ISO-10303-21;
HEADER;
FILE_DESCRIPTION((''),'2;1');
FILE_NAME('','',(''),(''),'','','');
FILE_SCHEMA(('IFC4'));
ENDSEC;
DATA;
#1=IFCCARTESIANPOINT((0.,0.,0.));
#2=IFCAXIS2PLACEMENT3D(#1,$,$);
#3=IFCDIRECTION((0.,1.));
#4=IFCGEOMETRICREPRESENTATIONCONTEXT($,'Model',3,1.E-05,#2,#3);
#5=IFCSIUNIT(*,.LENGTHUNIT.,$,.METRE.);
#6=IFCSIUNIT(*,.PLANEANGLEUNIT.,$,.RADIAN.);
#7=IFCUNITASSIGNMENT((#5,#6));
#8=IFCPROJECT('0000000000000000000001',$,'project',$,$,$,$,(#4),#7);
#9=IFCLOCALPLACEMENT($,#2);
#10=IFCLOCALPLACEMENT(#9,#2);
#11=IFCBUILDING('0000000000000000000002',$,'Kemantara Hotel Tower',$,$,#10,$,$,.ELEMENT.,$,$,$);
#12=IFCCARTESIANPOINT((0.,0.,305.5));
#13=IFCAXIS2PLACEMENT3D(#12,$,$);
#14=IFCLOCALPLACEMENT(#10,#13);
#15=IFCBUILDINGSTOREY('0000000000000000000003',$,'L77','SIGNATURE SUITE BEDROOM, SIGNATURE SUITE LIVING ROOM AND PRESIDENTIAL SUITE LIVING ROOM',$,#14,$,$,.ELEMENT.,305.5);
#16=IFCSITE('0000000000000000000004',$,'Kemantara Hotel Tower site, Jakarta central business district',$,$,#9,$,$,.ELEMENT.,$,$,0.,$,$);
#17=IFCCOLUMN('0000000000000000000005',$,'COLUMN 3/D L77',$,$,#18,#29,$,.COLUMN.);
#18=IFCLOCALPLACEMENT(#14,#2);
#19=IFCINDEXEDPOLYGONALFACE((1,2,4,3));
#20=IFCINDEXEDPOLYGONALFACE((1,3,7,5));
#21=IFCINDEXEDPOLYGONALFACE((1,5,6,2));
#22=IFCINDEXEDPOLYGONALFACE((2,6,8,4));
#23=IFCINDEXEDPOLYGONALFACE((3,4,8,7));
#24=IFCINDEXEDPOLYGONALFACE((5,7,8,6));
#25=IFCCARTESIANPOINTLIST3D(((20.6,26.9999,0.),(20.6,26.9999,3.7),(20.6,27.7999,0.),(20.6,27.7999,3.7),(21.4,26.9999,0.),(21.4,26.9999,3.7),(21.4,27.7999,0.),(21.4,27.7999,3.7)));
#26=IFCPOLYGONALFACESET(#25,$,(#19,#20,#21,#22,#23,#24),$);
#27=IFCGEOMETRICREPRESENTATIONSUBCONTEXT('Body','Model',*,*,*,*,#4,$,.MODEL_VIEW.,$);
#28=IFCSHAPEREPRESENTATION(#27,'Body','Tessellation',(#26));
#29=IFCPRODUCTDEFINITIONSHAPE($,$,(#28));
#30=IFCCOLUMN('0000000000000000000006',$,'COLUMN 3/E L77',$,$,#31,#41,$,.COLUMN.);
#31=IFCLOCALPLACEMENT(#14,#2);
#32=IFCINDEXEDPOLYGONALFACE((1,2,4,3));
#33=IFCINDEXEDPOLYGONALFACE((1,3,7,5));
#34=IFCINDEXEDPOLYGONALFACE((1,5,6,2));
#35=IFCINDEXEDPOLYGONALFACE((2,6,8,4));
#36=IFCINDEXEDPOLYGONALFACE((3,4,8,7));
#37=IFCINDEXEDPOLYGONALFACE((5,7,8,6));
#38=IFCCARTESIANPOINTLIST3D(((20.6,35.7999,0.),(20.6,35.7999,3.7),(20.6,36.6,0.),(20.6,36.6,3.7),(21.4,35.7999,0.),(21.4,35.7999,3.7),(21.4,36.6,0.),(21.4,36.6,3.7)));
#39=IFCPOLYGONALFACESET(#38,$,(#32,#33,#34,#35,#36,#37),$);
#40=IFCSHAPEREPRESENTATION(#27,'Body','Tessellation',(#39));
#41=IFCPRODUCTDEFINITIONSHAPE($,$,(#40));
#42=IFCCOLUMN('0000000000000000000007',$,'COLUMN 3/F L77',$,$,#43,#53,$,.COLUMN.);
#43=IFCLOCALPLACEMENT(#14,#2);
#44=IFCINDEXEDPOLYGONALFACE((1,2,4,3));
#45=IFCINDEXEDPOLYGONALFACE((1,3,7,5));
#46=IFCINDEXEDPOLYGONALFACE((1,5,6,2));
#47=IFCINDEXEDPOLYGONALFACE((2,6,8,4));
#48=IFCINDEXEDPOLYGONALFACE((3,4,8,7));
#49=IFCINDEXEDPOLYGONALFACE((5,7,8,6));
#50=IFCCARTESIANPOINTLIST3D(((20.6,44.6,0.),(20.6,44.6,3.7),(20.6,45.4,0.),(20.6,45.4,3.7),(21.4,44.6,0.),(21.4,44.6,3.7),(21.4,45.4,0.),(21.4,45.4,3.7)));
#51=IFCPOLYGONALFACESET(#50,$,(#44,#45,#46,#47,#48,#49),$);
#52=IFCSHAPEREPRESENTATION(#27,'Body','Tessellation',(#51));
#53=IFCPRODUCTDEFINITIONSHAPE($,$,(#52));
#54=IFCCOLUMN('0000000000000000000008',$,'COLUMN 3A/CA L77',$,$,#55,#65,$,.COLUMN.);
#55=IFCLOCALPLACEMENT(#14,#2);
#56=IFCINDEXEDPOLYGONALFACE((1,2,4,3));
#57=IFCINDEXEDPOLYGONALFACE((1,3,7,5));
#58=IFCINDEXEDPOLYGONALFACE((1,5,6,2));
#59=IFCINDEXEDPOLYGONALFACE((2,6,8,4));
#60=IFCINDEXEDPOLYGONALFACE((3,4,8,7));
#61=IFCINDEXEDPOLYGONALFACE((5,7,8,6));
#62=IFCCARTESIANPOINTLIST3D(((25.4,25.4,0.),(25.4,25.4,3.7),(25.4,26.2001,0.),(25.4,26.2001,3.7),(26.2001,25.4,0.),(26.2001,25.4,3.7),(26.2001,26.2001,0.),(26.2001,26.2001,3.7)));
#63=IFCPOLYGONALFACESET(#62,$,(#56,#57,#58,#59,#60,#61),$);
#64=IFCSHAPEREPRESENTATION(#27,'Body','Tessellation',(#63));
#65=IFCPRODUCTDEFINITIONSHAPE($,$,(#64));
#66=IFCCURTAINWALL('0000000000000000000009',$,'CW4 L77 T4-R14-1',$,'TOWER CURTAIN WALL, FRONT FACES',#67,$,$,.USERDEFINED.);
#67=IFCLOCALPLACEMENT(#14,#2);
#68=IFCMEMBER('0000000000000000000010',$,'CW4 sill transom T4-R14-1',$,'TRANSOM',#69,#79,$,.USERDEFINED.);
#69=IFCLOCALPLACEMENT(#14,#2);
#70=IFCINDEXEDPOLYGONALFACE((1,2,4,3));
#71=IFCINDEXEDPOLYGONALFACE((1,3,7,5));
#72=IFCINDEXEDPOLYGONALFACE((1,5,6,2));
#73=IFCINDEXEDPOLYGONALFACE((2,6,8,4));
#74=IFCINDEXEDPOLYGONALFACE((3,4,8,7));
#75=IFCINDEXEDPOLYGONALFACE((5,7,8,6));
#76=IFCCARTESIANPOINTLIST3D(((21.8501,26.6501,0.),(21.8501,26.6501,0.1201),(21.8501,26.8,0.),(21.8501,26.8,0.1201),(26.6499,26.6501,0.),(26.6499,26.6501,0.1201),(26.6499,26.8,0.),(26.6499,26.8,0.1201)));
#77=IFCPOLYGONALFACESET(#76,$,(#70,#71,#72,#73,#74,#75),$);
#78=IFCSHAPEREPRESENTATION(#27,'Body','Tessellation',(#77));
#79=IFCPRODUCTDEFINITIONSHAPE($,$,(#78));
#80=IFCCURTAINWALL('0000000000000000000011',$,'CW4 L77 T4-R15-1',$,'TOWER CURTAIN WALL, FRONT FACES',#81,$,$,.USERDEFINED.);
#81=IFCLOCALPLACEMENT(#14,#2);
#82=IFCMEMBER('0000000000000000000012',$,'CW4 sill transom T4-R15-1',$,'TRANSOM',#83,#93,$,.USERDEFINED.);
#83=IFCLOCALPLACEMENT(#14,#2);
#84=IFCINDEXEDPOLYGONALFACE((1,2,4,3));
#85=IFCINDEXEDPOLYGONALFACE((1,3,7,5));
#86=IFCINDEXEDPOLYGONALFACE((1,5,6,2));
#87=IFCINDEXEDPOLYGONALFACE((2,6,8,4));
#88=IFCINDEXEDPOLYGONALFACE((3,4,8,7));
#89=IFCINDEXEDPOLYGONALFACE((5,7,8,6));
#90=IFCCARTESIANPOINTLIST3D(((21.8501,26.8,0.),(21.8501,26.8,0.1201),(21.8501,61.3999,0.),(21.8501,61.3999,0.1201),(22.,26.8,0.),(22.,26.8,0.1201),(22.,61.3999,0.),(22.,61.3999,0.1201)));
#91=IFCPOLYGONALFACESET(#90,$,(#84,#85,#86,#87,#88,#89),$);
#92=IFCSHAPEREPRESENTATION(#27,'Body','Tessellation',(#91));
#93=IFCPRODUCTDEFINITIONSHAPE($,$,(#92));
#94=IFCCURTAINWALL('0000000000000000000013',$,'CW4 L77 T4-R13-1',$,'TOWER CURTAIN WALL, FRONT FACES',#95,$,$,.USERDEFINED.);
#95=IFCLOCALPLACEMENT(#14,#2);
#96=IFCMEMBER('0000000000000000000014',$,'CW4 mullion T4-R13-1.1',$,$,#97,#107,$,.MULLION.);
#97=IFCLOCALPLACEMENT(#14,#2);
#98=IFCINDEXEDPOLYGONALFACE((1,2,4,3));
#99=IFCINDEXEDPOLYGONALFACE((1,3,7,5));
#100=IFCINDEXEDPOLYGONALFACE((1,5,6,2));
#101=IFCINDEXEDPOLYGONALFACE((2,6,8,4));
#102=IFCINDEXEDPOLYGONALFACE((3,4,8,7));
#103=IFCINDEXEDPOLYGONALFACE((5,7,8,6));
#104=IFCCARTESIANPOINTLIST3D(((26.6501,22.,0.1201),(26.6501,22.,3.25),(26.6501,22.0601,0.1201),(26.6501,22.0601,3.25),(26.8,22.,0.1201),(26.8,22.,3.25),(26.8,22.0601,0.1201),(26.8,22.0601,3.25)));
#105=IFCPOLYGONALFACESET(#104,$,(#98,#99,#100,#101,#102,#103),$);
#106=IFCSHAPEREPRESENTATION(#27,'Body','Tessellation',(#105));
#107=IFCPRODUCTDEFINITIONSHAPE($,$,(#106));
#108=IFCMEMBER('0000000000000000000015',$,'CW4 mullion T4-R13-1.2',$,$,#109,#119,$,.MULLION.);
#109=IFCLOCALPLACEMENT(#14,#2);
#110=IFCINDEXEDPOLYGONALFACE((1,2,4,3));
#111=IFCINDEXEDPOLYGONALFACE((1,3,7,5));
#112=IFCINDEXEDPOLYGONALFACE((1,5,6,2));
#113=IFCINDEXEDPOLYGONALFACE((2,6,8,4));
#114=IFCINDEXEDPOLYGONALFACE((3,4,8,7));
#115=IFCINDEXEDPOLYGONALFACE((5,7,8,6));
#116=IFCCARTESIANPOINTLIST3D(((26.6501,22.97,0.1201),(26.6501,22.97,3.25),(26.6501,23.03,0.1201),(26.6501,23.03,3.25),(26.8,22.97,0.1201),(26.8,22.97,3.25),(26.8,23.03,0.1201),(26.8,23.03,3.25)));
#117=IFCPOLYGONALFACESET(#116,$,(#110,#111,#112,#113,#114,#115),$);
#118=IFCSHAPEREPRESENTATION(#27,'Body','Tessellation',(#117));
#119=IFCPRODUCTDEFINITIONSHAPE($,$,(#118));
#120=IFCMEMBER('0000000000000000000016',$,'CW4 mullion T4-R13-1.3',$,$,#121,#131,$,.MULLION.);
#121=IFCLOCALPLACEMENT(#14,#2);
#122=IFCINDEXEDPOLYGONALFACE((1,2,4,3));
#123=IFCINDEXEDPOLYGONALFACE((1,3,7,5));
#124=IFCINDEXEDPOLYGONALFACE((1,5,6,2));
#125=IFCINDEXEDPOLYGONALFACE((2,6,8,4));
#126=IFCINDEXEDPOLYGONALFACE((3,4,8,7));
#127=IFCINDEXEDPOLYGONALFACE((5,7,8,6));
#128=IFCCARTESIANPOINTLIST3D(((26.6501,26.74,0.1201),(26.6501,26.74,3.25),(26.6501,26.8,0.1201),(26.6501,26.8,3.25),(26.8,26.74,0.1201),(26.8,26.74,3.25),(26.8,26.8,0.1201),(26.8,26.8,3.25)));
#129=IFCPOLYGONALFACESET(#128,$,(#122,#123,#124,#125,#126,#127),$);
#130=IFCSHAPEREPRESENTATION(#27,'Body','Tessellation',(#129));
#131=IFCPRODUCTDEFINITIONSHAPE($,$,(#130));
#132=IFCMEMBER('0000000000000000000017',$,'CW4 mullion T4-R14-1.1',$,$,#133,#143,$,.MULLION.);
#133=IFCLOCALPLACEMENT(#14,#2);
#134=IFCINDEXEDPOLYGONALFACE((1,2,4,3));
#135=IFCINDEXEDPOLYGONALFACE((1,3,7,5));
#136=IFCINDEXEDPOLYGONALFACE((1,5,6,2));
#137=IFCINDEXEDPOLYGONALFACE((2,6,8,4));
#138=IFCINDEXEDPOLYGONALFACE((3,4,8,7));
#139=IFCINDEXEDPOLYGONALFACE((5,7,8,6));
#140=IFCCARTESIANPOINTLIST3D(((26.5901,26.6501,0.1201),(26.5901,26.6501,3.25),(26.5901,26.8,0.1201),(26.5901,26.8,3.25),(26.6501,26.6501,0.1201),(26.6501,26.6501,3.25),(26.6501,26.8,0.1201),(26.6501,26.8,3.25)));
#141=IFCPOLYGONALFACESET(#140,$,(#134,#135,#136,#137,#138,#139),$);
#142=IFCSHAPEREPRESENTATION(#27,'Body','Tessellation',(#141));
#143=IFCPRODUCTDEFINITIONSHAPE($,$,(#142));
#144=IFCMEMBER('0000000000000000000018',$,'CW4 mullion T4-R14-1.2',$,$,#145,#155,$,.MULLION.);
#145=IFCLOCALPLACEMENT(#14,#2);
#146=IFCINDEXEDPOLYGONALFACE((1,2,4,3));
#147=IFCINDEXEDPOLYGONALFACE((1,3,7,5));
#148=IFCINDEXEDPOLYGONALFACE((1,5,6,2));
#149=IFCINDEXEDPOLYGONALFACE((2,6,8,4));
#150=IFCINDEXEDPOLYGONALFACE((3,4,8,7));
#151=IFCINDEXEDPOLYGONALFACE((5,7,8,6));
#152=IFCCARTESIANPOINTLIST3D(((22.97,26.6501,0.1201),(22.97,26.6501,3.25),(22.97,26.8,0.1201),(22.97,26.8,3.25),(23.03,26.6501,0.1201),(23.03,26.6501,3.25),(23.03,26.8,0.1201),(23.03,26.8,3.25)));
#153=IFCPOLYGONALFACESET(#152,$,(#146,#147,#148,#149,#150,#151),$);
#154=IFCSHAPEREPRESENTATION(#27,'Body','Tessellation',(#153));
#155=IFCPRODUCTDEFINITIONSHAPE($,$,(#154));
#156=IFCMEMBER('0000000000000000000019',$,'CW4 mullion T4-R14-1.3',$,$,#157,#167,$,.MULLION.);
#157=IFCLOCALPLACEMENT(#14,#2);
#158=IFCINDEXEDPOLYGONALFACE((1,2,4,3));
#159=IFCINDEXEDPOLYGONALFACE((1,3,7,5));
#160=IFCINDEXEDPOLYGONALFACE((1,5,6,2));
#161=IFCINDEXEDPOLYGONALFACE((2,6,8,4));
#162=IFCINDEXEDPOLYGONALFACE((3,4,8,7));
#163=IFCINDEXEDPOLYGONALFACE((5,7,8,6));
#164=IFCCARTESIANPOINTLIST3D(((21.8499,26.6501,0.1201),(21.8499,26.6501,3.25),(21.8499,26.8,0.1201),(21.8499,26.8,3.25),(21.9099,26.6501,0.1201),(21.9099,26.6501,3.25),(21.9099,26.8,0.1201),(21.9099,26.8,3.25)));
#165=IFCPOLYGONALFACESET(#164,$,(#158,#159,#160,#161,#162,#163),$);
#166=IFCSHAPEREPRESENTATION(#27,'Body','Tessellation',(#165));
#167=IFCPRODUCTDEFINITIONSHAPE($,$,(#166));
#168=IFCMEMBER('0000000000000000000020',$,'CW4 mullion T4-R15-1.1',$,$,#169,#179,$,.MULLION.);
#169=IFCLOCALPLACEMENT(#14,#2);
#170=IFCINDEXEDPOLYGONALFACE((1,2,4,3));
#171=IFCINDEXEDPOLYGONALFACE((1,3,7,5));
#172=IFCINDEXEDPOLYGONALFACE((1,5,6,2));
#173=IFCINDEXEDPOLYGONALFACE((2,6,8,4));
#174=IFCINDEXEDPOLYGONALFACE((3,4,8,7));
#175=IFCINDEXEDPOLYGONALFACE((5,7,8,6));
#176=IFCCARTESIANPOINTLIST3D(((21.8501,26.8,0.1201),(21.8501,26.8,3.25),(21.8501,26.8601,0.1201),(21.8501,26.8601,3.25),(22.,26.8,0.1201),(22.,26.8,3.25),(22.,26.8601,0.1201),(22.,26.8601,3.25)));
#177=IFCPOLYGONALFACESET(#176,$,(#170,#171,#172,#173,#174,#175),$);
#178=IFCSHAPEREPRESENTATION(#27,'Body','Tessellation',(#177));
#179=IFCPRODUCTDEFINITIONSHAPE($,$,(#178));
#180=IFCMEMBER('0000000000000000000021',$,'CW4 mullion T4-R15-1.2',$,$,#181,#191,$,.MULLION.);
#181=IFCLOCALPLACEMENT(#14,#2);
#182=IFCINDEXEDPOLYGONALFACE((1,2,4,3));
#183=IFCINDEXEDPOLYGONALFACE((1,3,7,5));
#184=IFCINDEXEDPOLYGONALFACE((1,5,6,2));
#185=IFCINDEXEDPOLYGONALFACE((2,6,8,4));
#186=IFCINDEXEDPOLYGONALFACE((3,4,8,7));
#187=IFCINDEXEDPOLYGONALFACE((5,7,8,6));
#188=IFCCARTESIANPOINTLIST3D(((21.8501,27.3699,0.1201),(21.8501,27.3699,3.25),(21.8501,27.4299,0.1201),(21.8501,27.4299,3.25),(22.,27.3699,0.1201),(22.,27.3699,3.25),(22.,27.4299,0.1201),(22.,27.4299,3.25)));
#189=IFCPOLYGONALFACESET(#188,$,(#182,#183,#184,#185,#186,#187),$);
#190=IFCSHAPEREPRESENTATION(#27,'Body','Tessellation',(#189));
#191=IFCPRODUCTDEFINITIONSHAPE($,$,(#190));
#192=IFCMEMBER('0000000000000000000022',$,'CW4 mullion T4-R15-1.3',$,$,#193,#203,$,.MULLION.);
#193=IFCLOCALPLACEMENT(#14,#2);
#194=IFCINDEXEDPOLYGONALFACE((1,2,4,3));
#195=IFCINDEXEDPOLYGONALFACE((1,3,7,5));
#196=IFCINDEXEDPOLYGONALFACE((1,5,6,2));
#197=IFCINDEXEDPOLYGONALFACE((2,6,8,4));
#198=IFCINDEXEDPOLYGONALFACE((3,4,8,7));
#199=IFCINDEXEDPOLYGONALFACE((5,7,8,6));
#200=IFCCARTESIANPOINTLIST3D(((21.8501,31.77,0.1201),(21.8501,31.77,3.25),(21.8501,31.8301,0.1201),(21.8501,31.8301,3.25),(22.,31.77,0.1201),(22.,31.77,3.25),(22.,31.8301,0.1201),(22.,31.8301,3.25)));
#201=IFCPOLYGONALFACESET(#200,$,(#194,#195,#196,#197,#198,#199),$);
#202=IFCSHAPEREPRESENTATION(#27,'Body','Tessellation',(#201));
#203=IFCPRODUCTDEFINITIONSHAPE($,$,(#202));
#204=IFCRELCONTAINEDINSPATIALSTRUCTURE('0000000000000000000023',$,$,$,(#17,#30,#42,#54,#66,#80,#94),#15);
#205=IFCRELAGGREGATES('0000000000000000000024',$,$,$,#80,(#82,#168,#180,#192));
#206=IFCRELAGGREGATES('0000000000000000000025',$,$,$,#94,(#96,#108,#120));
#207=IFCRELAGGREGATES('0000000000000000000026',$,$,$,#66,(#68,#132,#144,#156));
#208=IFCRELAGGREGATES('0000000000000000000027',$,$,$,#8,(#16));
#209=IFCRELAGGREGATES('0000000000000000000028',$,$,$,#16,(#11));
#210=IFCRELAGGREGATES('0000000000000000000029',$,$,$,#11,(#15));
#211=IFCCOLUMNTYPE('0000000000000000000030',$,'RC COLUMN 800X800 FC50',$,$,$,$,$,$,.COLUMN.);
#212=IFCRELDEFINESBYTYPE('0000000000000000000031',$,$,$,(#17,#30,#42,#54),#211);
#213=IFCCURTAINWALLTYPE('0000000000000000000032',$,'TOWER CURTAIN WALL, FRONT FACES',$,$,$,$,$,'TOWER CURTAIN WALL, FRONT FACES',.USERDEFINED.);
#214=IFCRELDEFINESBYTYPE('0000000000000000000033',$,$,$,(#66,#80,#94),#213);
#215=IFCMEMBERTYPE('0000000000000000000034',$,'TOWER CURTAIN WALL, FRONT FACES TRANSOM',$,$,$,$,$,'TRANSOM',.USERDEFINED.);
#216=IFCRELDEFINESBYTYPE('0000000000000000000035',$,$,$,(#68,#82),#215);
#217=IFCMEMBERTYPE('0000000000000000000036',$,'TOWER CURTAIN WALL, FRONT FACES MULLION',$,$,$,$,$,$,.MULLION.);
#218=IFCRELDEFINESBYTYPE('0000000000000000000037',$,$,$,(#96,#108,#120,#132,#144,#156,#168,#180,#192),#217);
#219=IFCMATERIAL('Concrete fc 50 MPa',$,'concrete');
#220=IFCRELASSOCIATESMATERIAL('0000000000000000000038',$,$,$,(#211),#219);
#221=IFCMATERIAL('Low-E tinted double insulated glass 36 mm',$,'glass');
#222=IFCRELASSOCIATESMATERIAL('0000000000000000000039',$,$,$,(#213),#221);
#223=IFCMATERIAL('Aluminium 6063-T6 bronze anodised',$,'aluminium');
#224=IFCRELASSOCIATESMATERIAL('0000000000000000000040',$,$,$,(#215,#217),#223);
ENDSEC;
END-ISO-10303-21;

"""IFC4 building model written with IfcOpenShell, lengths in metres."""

from ifc_helpers import new_model, si_unit, direction, frame, origin, origin_2d, place, context, subcontext, project, spatial, rectangle, extrude, source, transform, mapped, material, material_profile, profile_set, type_object, element, aggregate, save


model = new_model("IFC4")

# Units and contexts
model_context = context("Model", 3, precision=1e-05, world=origin(), true_north=direction((0.0, 1.0)))
body_context = subcontext(model_context, "Body", "Model", "MODEL_VIEW")
ifc_project = project(units=[si_unit("LENGTHUNIT", "METRE"), si_unit("PLANEANGLEUNIT", "RADIAN")], contexts=[model_context])

# Site, building, storey
site_placement = place(None, origin())
site = spatial("IfcSite", under=ifc_project, at=site_placement, Name="Kemantara Hotel Tower site, Jakarta central business district", CompositionType="ELEMENT", RefElevation=0.0)
building_placement = place(site_placement, origin())
building = spatial("IfcBuilding", under=site, at=building_placement, Name="Kemantara Hotel Tower", CompositionType="ELEMENT")
storey_placement = place(building_placement, frame((0.0, 0.0, 305.5)))
storey = spatial("IfcBuildingStorey", under=building, at=storey_placement, Name="L77", Description="SIGNATURE SUITE BEDROOM, SIGNATURE SUITE LIVING ROOM AND PRESIDENTIAL SUITE LIVING ROOM", CompositionType="ELEMENT", Elevation=305.5)

# Columns
ifc_material_1 = material(Name="Concrete fc 50 MPa", Category="concrete")
ifc_material_profile_1 = material_profile(ifc_material_1, rectangle(XDim=0.8, YDim=0.8, at=origin_2d()), Name="RC 800X800")
ifc_profile_set_1 = profile_set([ifc_material_profile_1], Name="Concrete fc 50 MPa")
column_type = type_object("IfcColumnType", Name="RC COLUMN 800X800 FC50", PredefinedType="COLUMN", material=ifc_profile_set_1)
for number, where, z_axis, x_axis, name in (
    (1, (21.0, 27.3999, 0.0), (0.0, 0.0, 1.0), (1.0, 0.0, 0.0), "COLUMN 3/D L77"),
    (2, (21.0, 36.2, 0.0), (0.0, 0.0, 1.0), (1.0, 0.0, 0.0), "COLUMN 3/E L77"),
    (3, (21.0, 45.0, 0.0), (0.0, 0.0, 1.0), (1.0, 0.0, 0.0), "COLUMN 3/F L77"),
    (4, (25.8, 25.8, 0.0), (0.0, 0.0, 1.0), (1.0, 0.0, 0.0), "COLUMN 3A/CA L77"),
):
    element("IfcColumn", number, at=place(storey_placement, frame(where, z_axis=z_axis, x_axis=x_axis)), inside=storey, type_object=column_type, Name=name, PredefinedType="COLUMN", context=body_context, shape_type="SweptSolid", body=[
        extrude(rectangle(XDim=0.8, YDim=0.8, at=origin_2d()), origin(), (0.0, 0.0, 1.0), 3.7),
    ])

# Curtain walls, members
ifc_material_2 = material(Name="Low-E tinted double insulated glass 36 mm", Category="glass")
curtain_wall_type = type_object("IfcCurtainWallType", Name="TOWER CURTAIN WALL, FRONT FACES", ElementType="TOWER CURTAIN WALL, FRONT FACES", PredefinedType="USERDEFINED", material=ifc_material_2)
curtain_wall_1_placement = place(storey_placement, origin())
curtain_wall_1 = element("IfcCurtainWall", 5, at=curtain_wall_1_placement, inside=storey, type_object=curtain_wall_type, Name="CW4 L77 T4-R14-1", ObjectType="TOWER CURTAIN WALL, FRONT FACES", PredefinedType="USERDEFINED")
ifc_material_3 = material(Name="Aluminium 6063-T6 bronze anodised", Category="aluminium")
ifc_material_profile_2 = material_profile(ifc_material_3, rectangle(XDim=0.1499, YDim=0.1201, at=origin_2d()), Name="TOWER CURTAIN WALL, FRONT FACES TRANSOM")
ifc_profile_set_2 = profile_set([ifc_material_profile_2], Name="Aluminium 6063-T6 bronze anodised")
member_type_1 = type_object("IfcMemberType", Name="TOWER CURTAIN WALL, FRONT FACES TRANSOM", ElementType="TRANSOM", PredefinedType="USERDEFINED", material=ifc_profile_set_2)
member_1_placement = place(storey_placement, frame((26.6499, 26.7251, 0.0601), z_axis=(-1.0, 0.0, 0.0), x_axis=(0.0, -1.0, 0.0)))
member_1 = element("IfcMember", 6, at=member_1_placement, type_object=member_type_1, Name="CW4 sill transom T4-R14-1", ObjectType="TRANSOM", PredefinedType="USERDEFINED", context=body_context, shape_type="SweptSolid", body=[
    extrude(rectangle(XDim=0.1499, YDim=0.1201, at=origin_2d()), origin(), (0.0, 0.0, 1.0), 4.7998),
])
curtain_wall_2_placement = place(storey_placement, origin())
curtain_wall_2 = element("IfcCurtainWall", 7, at=curtain_wall_2_placement, inside=storey, type_object=curtain_wall_type, Name="CW4 L77 T4-R15-1", ObjectType="TOWER CURTAIN WALL, FRONT FACES", PredefinedType="USERDEFINED")
member_2_placement = place(storey_placement, frame((21.925, 26.8, 0.0601), z_axis=(0.0, 1.0, 0.0), x_axis=(-1.0, 0.0, 0.0)))
member_2 = element("IfcMember", 8, at=member_2_placement, type_object=member_type_1, Name="CW4 sill transom T4-R15-1", ObjectType="TRANSOM", PredefinedType="USERDEFINED", context=body_context, shape_type="SweptSolid", body=[
    extrude(rectangle(XDim=0.1499, YDim=0.1201, at=origin_2d()), origin(), (0.0, 0.0, 1.0), 34.5999),
])

# Curtain wall, members
curtain_wall_3_placement = place(storey_placement, origin())
curtain_wall_3 = element("IfcCurtainWall", 9, at=curtain_wall_3_placement, inside=storey, type_object=curtain_wall_type, Name="CW4 L77 T4-R13-1", ObjectType="TOWER CURTAIN WALL, FRONT FACES", PredefinedType="USERDEFINED")
ifc_material_profile_3 = material_profile(ifc_material_3, rectangle(XDim=0.1499, YDim=0.0601, at=origin_2d()), Name="TOWER CURTAIN WALL, FRONT FACES MULLION")
ifc_profile_set_3 = profile_set([ifc_material_profile_3], Name="Aluminium 6063-T6 bronze anodised")
member_type_2 = type_object("IfcMemberType", Name="TOWER CURTAIN WALL, FRONT FACES MULLION", PredefinedType="MULLION", material=ifc_profile_set_3)
shared_shape_1 = source(origin(), body_context, "Body", "SweptSolid", [
    extrude(rectangle(XDim=0.1499, YDim=0.0601, at=origin_2d()), origin(), (0.0, 0.0, 1.0), 3.1299),
])
member_3_placement = place(storey_placement, frame((26.7251, 22.03, 0.1201), z_axis=(0.0, 0.0, 1.0), x_axis=(-1.0, 0.0, 0.0)))
member_3 = element("IfcMember", 10, at=member_3_placement, type_object=member_type_2, Name="CW4 mullion T4-R13-1.1", PredefinedType="MULLION", context=body_context, shape_type="MappedRepresentation", body=[
    mapped(shared_shape_1, transform((0.0, 0.0, 0.0))),
])
member_4_placement = place(storey_placement, frame((26.7251, 23.0, 0.1201), z_axis=(0.0, 0.0, 1.0), x_axis=(-1.0, 0.0, 0.0)))
member_4 = element("IfcMember", 11, at=member_4_placement, type_object=member_type_2, Name="CW4 mullion T4-R13-1.2", PredefinedType="MULLION", context=body_context, shape_type="MappedRepresentation", body=[
    mapped(shared_shape_1, transform((0.0, 0.0, 0.0))),
])
member_5_placement = place(storey_placement, frame((26.7251, 26.77, 0.1201), z_axis=(0.0, 0.0, 1.0), x_axis=(-1.0, 0.0, 0.0)))
member_5 = element("IfcMember", 12, at=member_5_placement, type_object=member_type_2, Name="CW4 mullion T4-R13-1.3", PredefinedType="MULLION", context=body_context, shape_type="MappedRepresentation", body=[
    mapped(shared_shape_1, transform((0.0, 0.0, 0.0))),
])

# Members
member_6_placement = place(storey_placement, frame((26.6201, 26.7251, 0.1201), z_axis=(0.0, 0.0, 1.0), x_axis=(0.0, -1.0, 0.0)))
member_6 = element("IfcMember", 13, at=member_6_placement, type_object=member_type_2, Name="CW4 mullion T4-R14-1.1", PredefinedType="MULLION", context=body_context, shape_type="MappedRepresentation", body=[
    mapped(shared_shape_1, transform((0.0, 0.0, 0.0))),
])
member_7_placement = place(storey_placement, frame((23.0, 26.7251, 0.1201), z_axis=(0.0, 0.0, 1.0), x_axis=(0.0, -1.0, 0.0)))
member_7 = element("IfcMember", 14, at=member_7_placement, type_object=member_type_2, Name="CW4 mullion T4-R14-1.2", PredefinedType="MULLION", context=body_context, shape_type="MappedRepresentation", body=[
    mapped(shared_shape_1, transform((0.0, 0.0, 0.0))),
])
member_8_placement = place(storey_placement, frame((21.8799, 26.7251, 0.1201), z_axis=(0.0, 0.0, 1.0), x_axis=(0.0, -1.0, 0.0)))
member_8 = element("IfcMember", 15, at=member_8_placement, type_object=member_type_2, Name="CW4 mullion T4-R14-1.3", PredefinedType="MULLION", context=body_context, shape_type="MappedRepresentation", body=[
    mapped(shared_shape_1, transform((0.0, 0.0, 0.0))),
])
member_9_placement = place(storey_placement, frame((21.925, 26.8301, 0.1201), z_axis=(0.0, 0.0, 1.0), x_axis=(-1.0, 0.0, 0.0)))
member_9 = element("IfcMember", 16, at=member_9_placement, type_object=member_type_2, Name="CW4 mullion T4-R15-1.1", PredefinedType="MULLION", context=body_context, shape_type="MappedRepresentation", body=[
    mapped(shared_shape_1, transform((0.0, 0.0, 0.0))),
])
member_10_placement = place(storey_placement, frame((21.925, 27.3999, 0.1201), z_axis=(0.0, 0.0, 1.0), x_axis=(-1.0, 0.0, 0.0)))
member_10 = element("IfcMember", 17, at=member_10_placement, type_object=member_type_2, Name="CW4 mullion T4-R15-1.2", PredefinedType="MULLION", context=body_context, shape_type="MappedRepresentation", body=[
    mapped(shared_shape_1, transform((0.0, 0.0, 0.0))),
])
member_11_placement = place(storey_placement, frame((21.925, 31.8, 0.1201), z_axis=(0.0, 0.0, 1.0), x_axis=(-1.0, 0.0, 0.0)))
member_11 = element("IfcMember", 18, at=member_11_placement, type_object=member_type_2, Name="CW4 mullion T4-R15-1.3", PredefinedType="MULLION", context=body_context, shape_type="MappedRepresentation", body=[
    mapped(shared_shape_1, transform((0.0, 0.0, 0.0))),
])

aggregate(curtain_wall_2, [member_2, member_9, member_10, member_11])
aggregate(curtain_wall_3, [member_3, member_4, member_5])
aggregate(curtain_wall_1, [member_1, member_6, member_7, member_8])

save(model, "model.ifc")
